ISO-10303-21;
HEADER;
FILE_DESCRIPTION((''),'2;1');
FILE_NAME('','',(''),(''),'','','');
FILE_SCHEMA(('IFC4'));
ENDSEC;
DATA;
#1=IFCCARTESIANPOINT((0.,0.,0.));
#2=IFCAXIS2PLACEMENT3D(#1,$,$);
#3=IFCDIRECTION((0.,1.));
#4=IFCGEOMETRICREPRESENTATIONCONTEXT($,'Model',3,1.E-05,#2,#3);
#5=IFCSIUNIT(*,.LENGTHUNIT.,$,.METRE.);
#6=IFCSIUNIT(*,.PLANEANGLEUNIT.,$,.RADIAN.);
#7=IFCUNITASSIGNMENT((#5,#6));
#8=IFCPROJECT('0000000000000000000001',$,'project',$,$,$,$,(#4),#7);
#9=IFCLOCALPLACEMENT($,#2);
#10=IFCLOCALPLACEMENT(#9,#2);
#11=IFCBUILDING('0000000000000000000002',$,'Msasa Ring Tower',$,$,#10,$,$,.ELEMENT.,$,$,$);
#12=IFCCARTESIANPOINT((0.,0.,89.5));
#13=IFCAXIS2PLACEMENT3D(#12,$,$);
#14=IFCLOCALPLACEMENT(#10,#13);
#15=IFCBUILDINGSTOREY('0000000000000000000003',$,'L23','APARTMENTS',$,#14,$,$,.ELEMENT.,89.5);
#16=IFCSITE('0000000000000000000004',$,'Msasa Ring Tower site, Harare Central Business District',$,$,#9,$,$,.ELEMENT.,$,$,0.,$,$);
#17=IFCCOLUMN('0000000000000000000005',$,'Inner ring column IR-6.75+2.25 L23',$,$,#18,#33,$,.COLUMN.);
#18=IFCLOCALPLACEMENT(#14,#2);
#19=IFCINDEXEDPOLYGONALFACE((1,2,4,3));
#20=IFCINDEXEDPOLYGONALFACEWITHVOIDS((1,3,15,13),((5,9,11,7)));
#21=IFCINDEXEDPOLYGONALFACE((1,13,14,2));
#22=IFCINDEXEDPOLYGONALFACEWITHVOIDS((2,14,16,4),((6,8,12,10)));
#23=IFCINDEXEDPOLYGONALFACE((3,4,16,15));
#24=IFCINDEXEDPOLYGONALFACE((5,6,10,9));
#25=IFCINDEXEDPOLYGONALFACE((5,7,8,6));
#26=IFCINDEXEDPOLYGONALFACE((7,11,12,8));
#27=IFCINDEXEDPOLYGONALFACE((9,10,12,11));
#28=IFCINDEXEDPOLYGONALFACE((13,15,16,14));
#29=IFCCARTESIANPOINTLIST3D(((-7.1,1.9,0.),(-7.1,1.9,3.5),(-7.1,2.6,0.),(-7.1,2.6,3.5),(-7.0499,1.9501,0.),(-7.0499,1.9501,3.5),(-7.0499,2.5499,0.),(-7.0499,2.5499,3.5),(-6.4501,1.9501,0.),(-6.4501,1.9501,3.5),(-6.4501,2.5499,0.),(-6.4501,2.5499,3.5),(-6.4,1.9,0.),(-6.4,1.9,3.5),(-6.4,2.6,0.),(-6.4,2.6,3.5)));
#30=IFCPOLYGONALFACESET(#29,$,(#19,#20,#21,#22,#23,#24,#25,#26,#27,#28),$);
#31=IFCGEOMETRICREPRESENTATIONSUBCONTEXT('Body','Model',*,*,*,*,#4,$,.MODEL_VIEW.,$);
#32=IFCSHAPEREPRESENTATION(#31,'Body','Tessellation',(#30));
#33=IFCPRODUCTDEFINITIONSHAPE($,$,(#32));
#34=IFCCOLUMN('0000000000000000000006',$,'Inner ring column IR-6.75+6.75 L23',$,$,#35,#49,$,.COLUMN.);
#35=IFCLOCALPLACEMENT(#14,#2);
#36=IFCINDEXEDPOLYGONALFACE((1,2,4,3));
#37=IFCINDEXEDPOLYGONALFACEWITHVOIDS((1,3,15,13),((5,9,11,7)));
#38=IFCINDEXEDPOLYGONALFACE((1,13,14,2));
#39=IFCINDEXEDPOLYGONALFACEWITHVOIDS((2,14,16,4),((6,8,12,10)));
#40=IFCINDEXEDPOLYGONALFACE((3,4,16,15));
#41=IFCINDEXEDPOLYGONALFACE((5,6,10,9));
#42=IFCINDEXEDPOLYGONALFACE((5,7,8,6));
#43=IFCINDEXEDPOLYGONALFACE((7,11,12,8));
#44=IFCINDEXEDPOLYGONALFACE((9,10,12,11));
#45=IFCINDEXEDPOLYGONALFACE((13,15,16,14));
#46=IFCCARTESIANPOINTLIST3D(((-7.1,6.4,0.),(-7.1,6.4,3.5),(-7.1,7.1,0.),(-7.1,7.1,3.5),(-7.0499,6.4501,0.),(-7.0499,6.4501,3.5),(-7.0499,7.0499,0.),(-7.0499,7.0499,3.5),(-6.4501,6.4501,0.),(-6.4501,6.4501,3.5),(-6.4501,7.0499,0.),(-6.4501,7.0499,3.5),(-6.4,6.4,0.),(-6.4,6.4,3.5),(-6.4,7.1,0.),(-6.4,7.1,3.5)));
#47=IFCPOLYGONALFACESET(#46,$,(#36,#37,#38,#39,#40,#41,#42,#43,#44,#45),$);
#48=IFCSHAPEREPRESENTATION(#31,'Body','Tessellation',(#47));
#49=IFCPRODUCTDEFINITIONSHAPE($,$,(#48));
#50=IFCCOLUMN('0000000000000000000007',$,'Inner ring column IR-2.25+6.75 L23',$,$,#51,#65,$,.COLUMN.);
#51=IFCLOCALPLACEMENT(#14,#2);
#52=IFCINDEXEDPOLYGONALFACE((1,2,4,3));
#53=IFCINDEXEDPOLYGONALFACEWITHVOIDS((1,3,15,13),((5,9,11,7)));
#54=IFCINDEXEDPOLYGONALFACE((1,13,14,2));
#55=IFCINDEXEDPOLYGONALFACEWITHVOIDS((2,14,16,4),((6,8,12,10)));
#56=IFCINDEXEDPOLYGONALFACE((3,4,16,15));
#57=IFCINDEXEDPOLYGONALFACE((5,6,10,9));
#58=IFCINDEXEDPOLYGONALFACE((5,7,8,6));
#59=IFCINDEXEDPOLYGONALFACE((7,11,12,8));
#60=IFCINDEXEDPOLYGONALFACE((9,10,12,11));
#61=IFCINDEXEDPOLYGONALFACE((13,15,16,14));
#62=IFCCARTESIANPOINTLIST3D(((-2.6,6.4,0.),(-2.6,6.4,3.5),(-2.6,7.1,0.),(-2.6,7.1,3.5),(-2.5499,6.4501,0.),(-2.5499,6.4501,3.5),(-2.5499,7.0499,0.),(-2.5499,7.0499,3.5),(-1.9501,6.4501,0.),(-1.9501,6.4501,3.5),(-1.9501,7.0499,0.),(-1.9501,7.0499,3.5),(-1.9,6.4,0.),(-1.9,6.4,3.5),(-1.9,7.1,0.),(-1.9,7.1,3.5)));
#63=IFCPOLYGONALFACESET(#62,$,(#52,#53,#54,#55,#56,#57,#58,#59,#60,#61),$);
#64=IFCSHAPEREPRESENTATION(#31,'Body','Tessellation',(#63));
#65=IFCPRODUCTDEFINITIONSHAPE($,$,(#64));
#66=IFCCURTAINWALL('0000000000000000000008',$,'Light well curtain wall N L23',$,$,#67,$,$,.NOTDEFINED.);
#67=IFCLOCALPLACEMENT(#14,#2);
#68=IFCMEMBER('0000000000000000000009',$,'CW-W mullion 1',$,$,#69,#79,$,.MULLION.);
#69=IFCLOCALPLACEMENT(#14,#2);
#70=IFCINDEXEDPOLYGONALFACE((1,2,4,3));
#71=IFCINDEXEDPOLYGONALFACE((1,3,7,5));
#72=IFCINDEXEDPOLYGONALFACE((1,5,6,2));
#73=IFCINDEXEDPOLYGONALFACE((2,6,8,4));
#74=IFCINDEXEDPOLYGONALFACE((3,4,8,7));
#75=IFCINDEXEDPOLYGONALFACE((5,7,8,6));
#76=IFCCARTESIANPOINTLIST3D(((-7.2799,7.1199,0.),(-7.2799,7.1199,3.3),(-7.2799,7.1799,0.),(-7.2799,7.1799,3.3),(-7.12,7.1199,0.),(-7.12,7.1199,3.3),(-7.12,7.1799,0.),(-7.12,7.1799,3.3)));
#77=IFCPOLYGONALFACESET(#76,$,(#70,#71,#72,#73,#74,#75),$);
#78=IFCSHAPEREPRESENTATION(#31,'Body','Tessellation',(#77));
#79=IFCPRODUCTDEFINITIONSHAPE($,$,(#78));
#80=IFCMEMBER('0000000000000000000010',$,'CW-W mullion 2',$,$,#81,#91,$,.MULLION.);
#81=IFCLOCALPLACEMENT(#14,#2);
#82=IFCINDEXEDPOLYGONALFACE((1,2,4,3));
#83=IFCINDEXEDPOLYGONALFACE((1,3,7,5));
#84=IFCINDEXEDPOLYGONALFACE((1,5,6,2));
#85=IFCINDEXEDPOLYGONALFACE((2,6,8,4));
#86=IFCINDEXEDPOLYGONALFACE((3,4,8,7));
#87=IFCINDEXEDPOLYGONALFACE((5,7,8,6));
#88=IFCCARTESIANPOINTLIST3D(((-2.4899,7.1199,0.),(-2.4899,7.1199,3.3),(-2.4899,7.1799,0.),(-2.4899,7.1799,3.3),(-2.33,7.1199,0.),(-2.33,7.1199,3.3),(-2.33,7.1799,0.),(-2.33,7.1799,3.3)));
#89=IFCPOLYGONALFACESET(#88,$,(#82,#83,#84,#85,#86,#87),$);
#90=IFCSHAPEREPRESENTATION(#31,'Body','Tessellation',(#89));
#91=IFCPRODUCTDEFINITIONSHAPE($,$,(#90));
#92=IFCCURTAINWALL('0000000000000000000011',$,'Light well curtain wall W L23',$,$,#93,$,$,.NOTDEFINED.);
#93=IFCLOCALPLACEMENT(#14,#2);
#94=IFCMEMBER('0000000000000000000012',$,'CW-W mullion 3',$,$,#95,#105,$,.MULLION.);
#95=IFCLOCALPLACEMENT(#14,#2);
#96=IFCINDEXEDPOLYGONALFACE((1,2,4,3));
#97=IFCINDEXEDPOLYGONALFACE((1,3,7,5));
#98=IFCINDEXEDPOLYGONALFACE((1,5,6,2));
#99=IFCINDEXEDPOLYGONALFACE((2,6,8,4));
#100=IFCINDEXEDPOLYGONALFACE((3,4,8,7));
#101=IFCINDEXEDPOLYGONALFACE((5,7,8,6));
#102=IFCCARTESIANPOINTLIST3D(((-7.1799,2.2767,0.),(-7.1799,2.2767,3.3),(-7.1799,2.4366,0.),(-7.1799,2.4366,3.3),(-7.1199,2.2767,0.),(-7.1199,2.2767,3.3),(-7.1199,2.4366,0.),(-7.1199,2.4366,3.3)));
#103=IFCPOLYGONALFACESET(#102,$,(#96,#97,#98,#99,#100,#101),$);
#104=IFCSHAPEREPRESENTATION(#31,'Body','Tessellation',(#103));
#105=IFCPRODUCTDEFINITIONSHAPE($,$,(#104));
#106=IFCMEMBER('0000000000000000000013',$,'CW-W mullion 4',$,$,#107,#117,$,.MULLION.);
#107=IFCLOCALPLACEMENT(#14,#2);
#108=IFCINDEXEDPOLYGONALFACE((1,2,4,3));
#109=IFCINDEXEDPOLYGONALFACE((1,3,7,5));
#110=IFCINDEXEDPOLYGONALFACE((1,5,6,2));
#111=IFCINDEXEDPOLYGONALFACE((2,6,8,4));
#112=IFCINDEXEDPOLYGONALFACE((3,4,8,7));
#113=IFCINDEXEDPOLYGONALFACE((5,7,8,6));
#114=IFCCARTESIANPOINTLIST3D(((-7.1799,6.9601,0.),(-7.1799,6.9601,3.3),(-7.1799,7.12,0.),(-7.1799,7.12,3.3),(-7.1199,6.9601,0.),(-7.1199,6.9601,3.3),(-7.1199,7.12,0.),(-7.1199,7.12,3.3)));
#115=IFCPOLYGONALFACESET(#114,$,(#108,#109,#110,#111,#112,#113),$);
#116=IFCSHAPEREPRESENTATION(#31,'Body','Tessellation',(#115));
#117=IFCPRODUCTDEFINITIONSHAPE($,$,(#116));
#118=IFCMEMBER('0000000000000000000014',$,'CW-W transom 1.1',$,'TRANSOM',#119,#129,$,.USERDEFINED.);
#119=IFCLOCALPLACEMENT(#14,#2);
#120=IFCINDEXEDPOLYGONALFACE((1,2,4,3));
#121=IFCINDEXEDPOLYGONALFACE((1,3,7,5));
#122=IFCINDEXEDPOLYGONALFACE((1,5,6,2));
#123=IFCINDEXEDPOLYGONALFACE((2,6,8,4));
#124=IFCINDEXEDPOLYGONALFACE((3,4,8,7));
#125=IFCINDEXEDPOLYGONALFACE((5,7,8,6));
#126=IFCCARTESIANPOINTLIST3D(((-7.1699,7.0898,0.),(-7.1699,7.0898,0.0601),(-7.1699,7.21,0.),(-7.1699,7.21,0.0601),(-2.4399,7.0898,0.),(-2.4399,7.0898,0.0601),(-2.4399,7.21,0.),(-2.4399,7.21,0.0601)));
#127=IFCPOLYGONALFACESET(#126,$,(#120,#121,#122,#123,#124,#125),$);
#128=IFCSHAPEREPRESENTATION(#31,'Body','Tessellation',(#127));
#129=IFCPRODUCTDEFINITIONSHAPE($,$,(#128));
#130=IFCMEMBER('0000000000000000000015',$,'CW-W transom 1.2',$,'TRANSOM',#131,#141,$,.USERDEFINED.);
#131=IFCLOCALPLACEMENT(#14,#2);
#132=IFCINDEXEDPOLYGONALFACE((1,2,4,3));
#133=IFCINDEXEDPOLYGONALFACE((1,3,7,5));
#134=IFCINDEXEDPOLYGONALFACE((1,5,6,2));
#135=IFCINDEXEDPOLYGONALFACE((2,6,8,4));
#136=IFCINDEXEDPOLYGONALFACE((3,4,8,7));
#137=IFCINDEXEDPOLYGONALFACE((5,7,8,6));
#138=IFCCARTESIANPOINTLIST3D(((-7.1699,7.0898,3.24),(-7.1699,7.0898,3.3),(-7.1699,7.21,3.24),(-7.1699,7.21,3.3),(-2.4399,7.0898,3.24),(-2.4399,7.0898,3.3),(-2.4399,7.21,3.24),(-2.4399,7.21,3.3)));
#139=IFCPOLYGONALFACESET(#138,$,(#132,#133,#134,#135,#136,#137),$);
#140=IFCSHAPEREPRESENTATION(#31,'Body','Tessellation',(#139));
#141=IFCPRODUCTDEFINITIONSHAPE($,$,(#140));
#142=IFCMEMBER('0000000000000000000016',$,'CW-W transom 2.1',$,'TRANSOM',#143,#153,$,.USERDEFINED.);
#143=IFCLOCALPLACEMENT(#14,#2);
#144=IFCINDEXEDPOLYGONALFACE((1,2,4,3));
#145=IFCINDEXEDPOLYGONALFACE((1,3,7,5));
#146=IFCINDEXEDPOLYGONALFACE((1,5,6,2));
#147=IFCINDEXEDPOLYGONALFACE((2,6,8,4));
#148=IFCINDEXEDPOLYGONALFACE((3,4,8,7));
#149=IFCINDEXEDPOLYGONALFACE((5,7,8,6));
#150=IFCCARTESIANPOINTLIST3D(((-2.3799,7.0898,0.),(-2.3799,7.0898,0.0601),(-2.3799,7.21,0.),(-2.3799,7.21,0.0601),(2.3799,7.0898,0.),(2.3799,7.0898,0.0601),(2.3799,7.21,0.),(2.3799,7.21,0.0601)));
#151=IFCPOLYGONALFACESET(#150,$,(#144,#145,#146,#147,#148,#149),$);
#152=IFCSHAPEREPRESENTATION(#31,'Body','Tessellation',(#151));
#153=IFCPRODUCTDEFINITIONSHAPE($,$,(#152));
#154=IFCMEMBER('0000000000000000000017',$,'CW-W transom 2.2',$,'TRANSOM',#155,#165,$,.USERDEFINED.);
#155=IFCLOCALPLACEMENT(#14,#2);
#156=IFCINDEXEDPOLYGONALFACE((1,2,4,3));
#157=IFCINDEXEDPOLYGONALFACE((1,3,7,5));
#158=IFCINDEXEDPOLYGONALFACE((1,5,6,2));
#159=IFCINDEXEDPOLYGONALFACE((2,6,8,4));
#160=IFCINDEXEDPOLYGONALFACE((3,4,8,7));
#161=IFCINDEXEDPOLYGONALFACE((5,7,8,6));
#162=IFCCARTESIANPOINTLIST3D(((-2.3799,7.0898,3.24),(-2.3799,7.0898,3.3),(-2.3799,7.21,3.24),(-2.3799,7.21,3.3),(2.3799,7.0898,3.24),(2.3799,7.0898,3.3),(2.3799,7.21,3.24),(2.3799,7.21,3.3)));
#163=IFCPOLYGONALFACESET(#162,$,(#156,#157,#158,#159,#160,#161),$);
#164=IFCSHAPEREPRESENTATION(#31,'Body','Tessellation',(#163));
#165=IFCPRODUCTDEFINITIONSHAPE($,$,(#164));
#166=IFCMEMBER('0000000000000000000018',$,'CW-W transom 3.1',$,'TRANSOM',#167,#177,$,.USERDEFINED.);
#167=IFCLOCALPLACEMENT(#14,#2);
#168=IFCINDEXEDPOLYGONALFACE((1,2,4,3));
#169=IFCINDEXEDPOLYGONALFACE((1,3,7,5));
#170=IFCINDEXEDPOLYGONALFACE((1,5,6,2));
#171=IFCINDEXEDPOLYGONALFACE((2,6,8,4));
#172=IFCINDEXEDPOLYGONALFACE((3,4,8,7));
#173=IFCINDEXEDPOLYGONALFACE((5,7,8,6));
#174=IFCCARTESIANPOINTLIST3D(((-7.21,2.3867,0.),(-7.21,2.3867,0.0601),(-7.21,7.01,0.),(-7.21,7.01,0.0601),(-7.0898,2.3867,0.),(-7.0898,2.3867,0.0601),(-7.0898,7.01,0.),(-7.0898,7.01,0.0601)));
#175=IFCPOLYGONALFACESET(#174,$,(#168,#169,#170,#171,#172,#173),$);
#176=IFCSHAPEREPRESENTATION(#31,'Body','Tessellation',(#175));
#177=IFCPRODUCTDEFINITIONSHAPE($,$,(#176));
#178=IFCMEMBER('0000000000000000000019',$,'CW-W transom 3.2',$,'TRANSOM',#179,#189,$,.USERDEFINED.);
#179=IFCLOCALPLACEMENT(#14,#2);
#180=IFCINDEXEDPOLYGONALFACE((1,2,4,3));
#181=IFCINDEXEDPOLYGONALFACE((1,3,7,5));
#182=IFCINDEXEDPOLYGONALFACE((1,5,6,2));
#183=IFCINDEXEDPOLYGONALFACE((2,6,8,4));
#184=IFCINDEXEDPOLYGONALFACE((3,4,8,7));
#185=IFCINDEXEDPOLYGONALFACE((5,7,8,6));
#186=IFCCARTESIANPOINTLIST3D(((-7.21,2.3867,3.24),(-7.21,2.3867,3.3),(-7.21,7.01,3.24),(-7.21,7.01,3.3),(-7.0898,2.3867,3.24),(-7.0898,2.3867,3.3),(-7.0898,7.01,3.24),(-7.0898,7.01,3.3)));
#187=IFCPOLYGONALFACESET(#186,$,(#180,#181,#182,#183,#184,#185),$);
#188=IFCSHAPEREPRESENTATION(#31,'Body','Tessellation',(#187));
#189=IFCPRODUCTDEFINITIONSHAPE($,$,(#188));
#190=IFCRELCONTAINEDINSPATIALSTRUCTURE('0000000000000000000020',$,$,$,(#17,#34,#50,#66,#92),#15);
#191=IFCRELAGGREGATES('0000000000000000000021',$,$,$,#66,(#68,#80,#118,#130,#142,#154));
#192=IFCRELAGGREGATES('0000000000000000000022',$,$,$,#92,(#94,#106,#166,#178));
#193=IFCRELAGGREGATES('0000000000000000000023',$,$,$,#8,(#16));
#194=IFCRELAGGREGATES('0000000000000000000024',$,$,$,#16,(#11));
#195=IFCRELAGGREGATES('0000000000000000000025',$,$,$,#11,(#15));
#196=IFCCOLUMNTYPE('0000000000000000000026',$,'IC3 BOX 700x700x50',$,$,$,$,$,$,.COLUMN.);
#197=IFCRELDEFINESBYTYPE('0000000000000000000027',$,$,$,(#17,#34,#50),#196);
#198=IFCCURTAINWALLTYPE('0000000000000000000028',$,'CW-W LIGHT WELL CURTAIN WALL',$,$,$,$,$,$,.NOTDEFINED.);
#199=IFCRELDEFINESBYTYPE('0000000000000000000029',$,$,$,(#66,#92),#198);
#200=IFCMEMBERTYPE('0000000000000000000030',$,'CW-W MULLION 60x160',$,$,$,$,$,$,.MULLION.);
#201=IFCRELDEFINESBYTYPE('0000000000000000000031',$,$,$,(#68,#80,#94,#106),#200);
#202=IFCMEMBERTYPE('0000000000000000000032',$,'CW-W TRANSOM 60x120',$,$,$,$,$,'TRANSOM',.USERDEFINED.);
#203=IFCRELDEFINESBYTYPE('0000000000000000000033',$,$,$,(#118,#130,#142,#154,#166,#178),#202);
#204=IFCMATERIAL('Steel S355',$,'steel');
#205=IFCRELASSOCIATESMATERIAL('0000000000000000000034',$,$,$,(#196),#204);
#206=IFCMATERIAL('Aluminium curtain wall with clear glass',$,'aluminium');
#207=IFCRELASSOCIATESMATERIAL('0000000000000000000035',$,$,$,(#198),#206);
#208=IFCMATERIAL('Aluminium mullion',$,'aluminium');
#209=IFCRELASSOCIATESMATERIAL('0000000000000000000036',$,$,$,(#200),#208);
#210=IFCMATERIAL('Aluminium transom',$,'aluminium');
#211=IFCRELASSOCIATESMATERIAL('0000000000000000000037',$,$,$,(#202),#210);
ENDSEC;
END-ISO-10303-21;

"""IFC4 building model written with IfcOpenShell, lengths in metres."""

from ifc_helpers import new_model, si_unit, direction, frame, origin, origin_2d, place, context, subcontext, project, spatial, rectangle, hollow_rectangle, extrude, material, material_profile, profile_set, type_object, element, aggregate, save


model = new_model("IFC4")

# Units and contexts
model_context = context("Model", 3, precision=1e-05, world=origin(), true_north=direction((0.0, 1.0)))
body_context = subcontext(model_context, "Body", "Model", "MODEL_VIEW")
ifc_project = project(units=[si_unit("LENGTHUNIT", "METRE"), si_unit("PLANEANGLEUNIT", "RADIAN")], contexts=[model_context])

# Site, building, storey
site_placement = place(None, origin())
site = spatial("IfcSite", under=ifc_project, at=site_placement, Name="Msasa Ring Tower site, Harare Central Business District", CompositionType="ELEMENT", RefElevation=0.0)
building_placement = place(site_placement, origin())
building = spatial("IfcBuilding", under=site, at=building_placement, Name="Msasa Ring Tower", CompositionType="ELEMENT")
storey_placement = place(building_placement, frame((0.0, 0.0, 89.5)))
storey = spatial("IfcBuildingStorey", under=building, at=storey_placement, Name="L23", Description="APARTMENTS", CompositionType="ELEMENT", Elevation=89.5)

# Columns
ifc_material_1 = material(Name="Steel S355", Category="steel")
ifc_material_profile_1 = material_profile(ifc_material_1, hollow_rectangle(XDim=0.7, YDim=0.7, WallThickness=0.05, at=origin_2d()), Name="BOX 700x700x50")
ifc_profile_set_1 = profile_set([ifc_material_profile_1], Name="Steel S355")
column_type = type_object("IfcColumnType", Name="IC3 BOX 700x700x50", PredefinedType="COLUMN", material=ifc_profile_set_1)
for number, where, z_axis, x_axis, name in (
    (1, (-6.75, 2.25, 0.0), (0.0, 0.0, 1.0), (1.0, 0.0, 0.0), "Inner ring column IR-6.75+2.25 L23"),
    (2, (-6.75, 6.75, 0.0), (0.0, 0.0, 1.0), (1.0, 0.0, 0.0), "Inner ring column IR-6.75+6.75 L23"),
    (3, (-2.25, 6.75, 0.0), (0.0, 0.0, 1.0), (1.0, 0.0, 0.0), "Inner ring column IR-2.25+6.75 L23"),
):
    element("IfcColumn", number, at=place(storey_placement, frame(where, z_axis=z_axis, x_axis=x_axis)), inside=storey, type_object=column_type, Name=name, PredefinedType="COLUMN", context=body_context, shape_type="SweptSolid", body=[
        extrude(hollow_rectangle(XDim=0.7, YDim=0.7, WallThickness=0.05, at=origin_2d()), origin(), (0.0, 0.0, 1.0), 3.5),
    ])

# Curtain walls, members
ifc_material_2 = material(Name="Aluminium curtain wall with clear glass", Category="aluminium")
curtain_wall_type = type_object("IfcCurtainWallType", Name="CW-W LIGHT WELL CURTAIN WALL", PredefinedType="NOTDEFINED", material=ifc_material_2)
curtain_wall_1_placement = place(storey_placement, origin())
curtain_wall_1 = element("IfcCurtainWall", 4, at=curtain_wall_1_placement, inside=storey, type_object=curtain_wall_type, Name="Light well curtain wall N L23", PredefinedType="NOTDEFINED")
ifc_material_3 = material(Name="Aluminium mullion", Category="aluminium")
ifc_material_profile_2 = material_profile(ifc_material_3, rectangle(XDim=0.0601, YDim=0.1599, at=origin_2d()), Name="AL 60x160")
ifc_profile_set_2 = profile_set([ifc_material_profile_2], Name="Aluminium mullion")
member_type_1 = type_object("IfcMemberType", Name="CW-W MULLION 60x160", PredefinedType="MULLION", material=ifc_profile_set_2)
member_1_placement = place(storey_placement, frame((-7.2, 7.1499, 0.0), z_axis=(0.0, 0.0, 1.0), x_axis=(0.0, 1.0, 0.0)))
member_1 = element("IfcMember", 5, at=member_1_placement, type_object=member_type_1, Name="CW-W mullion 1", PredefinedType="MULLION", context=body_context, shape_type="SweptSolid", body=[
    extrude(rectangle(XDim=0.0601, YDim=0.1599, at=origin_2d()), origin(), (0.0, 0.0, 1.0), 3.3),
])
member_2_placement = place(storey_placement, frame((-2.4099, 7.1499, 0.0), z_axis=(0.0, 0.0, 1.0), x_axis=(0.0, 1.0, 0.0)))
member_2 = element("IfcMember", 6, at=member_2_placement, type_object=member_type_1, Name="CW-W mullion 2", PredefinedType="MULLION", context=body_context, shape_type="SweptSolid", body=[
    extrude(rectangle(XDim=0.0601, YDim=0.1599, at=origin_2d()), origin(), (0.0, 0.0, 1.0), 3.3),
])
curtain_wall_2_placement = place(storey_placement, origin())
curtain_wall_2 = element("IfcCurtainWall", 7, at=curtain_wall_2_placement, inside=storey, type_object=curtain_wall_type, Name="Light well curtain wall W L23", PredefinedType="NOTDEFINED")
member_3_placement = place(storey_placement, frame((-7.1499, 2.3567, 0.0), z_axis=(0.0, 0.0, 1.0), x_axis=(-1.0, 0.0, 0.0)))
member_3 = element("IfcMember", 8, at=member_3_placement, type_object=member_type_1, Name="CW-W mullion 3", PredefinedType="MULLION", context=body_context, shape_type="SweptSolid", body=[
    extrude(rectangle(XDim=0.0601, YDim=0.1599, at=origin_2d()), origin(), (0.0, 0.0, 1.0), 3.3),
])
member_4_placement = place(storey_placement, frame((-7.1499, 7.04, 0.0), z_axis=(0.0, 0.0, 1.0), x_axis=(-1.0, 0.0, 0.0)))
member_4 = element("IfcMember", 9, at=member_4_placement, type_object=member_type_1, Name="CW-W mullion 4", PredefinedType="MULLION", context=body_context, shape_type="SweptSolid", body=[
    extrude(rectangle(XDim=0.0601, YDim=0.1599, at=origin_2d()), origin(), (0.0, 0.0, 1.0), 3.3),
])

# Members
ifc_material_4 = material(Name="Aluminium transom", Category="aluminium")
ifc_material_profile_3 = material_profile(ifc_material_4, rectangle(XDim=0.1201, YDim=0.0601, at=origin_2d()), Name="AL 60x120")
ifc_profile_set_3 = profile_set([ifc_material_profile_3], Name="Aluminium transom")
member_type_2 = type_object("IfcMemberType", Name="CW-W TRANSOM 60x120", ElementType="TRANSOM", PredefinedType="USERDEFINED", material=ifc_profile_set_3)
member_5_placement = place(storey_placement, frame((-7.1699, 7.1499, 0.03), z_axis=(1.0, 0.0, 0.0), x_axis=(0.0, 1.0, 0.0)))
member_5 = element("IfcMember", 10, at=member_5_placement, type_object=member_type_2, Name="CW-W transom 1.1", ObjectType="TRANSOM", PredefinedType="USERDEFINED", context=body_context, shape_type="SweptSolid", body=[
    extrude(rectangle(XDim=0.1201, YDim=0.0601, at=origin_2d()), origin(), (0.0, 0.0, 1.0), 4.73),
])
member_6_placement = place(storey_placement, frame((-7.1699, 7.1499, 3.27), z_axis=(1.0, 0.0, 0.0), x_axis=(0.0, 1.0, 0.0)))
member_6 = element("IfcMember", 11, at=member_6_placement, type_object=member_type_2, Name="CW-W transom 1.2", ObjectType="TRANSOM", PredefinedType="USERDEFINED", context=body_context, shape_type="SweptSolid", body=[
    extrude(rectangle(XDim=0.1201, YDim=0.0601, at=origin_2d()), origin(), (0.0, 0.0, 1.0), 4.73),
])
member_7_placement = place(storey_placement, frame((-2.3799, 7.1499, 0.03), z_axis=(1.0, 0.0, 0.0), x_axis=(0.0, 1.0, 0.0)))
member_7 = element("IfcMember", 12, at=member_7_placement, type_object=member_type_2, Name="CW-W transom 2.1", ObjectType="TRANSOM", PredefinedType="USERDEFINED", context=body_context, shape_type="SweptSolid", body=[
    extrude(rectangle(XDim=0.1201, YDim=0.0601, at=origin_2d()), origin(), (0.0, 0.0, 1.0), 4.7598),
])
member_8_placement = place(storey_placement, frame((-2.3799, 7.1499, 3.27), z_axis=(1.0, 0.0, 0.0), x_axis=(0.0, 1.0, 0.0)))
member_8 = element("IfcMember", 13, at=member_8_placement, type_object=member_type_2, Name="CW-W transom 2.2", ObjectType="TRANSOM", PredefinedType="USERDEFINED", context=body_context, shape_type="SweptSolid", body=[
    extrude(rectangle(XDim=0.1201, YDim=0.0601, at=origin_2d()), origin(), (0.0, 0.0, 1.0), 4.7598),
])
member_9_placement = place(storey_placement, frame((-7.1499, 2.3867, 0.03), z_axis=(0.0, 1.0, 0.0), x_axis=(-1.0, 0.0, 0.0)))
member_9 = element("IfcMember", 14, at=member_9_placement, type_object=member_type_2, Name="CW-W transom 3.1", ObjectType="TRANSOM", PredefinedType="USERDEFINED", context=body_context, shape_type="SweptSolid", body=[
    extrude(rectangle(XDim=0.1201, YDim=0.0601, at=origin_2d()), origin(), (0.0, 0.0, 1.0), 4.6233),
])
member_10_placement = place(storey_placement, frame((-7.1499, 2.3867, 3.27), z_axis=(0.0, 1.0, 0.0), x_axis=(-1.0, 0.0, 0.0)))
member_10 = element("IfcMember", 15, at=member_10_placement, type_object=member_type_2, Name="CW-W transom 3.2", ObjectType="TRANSOM", PredefinedType="USERDEFINED", context=body_context, shape_type="SweptSolid", body=[
    extrude(rectangle(XDim=0.1201, YDim=0.0601, at=origin_2d()), origin(), (0.0, 0.0, 1.0), 4.6233),
])

aggregate(curtain_wall_1, [member_1, member_2, member_5, member_6, member_7, member_8])
aggregate(curtain_wall_2, [member_3, member_4, member_9, member_10])

save(model, "model.ifc")
